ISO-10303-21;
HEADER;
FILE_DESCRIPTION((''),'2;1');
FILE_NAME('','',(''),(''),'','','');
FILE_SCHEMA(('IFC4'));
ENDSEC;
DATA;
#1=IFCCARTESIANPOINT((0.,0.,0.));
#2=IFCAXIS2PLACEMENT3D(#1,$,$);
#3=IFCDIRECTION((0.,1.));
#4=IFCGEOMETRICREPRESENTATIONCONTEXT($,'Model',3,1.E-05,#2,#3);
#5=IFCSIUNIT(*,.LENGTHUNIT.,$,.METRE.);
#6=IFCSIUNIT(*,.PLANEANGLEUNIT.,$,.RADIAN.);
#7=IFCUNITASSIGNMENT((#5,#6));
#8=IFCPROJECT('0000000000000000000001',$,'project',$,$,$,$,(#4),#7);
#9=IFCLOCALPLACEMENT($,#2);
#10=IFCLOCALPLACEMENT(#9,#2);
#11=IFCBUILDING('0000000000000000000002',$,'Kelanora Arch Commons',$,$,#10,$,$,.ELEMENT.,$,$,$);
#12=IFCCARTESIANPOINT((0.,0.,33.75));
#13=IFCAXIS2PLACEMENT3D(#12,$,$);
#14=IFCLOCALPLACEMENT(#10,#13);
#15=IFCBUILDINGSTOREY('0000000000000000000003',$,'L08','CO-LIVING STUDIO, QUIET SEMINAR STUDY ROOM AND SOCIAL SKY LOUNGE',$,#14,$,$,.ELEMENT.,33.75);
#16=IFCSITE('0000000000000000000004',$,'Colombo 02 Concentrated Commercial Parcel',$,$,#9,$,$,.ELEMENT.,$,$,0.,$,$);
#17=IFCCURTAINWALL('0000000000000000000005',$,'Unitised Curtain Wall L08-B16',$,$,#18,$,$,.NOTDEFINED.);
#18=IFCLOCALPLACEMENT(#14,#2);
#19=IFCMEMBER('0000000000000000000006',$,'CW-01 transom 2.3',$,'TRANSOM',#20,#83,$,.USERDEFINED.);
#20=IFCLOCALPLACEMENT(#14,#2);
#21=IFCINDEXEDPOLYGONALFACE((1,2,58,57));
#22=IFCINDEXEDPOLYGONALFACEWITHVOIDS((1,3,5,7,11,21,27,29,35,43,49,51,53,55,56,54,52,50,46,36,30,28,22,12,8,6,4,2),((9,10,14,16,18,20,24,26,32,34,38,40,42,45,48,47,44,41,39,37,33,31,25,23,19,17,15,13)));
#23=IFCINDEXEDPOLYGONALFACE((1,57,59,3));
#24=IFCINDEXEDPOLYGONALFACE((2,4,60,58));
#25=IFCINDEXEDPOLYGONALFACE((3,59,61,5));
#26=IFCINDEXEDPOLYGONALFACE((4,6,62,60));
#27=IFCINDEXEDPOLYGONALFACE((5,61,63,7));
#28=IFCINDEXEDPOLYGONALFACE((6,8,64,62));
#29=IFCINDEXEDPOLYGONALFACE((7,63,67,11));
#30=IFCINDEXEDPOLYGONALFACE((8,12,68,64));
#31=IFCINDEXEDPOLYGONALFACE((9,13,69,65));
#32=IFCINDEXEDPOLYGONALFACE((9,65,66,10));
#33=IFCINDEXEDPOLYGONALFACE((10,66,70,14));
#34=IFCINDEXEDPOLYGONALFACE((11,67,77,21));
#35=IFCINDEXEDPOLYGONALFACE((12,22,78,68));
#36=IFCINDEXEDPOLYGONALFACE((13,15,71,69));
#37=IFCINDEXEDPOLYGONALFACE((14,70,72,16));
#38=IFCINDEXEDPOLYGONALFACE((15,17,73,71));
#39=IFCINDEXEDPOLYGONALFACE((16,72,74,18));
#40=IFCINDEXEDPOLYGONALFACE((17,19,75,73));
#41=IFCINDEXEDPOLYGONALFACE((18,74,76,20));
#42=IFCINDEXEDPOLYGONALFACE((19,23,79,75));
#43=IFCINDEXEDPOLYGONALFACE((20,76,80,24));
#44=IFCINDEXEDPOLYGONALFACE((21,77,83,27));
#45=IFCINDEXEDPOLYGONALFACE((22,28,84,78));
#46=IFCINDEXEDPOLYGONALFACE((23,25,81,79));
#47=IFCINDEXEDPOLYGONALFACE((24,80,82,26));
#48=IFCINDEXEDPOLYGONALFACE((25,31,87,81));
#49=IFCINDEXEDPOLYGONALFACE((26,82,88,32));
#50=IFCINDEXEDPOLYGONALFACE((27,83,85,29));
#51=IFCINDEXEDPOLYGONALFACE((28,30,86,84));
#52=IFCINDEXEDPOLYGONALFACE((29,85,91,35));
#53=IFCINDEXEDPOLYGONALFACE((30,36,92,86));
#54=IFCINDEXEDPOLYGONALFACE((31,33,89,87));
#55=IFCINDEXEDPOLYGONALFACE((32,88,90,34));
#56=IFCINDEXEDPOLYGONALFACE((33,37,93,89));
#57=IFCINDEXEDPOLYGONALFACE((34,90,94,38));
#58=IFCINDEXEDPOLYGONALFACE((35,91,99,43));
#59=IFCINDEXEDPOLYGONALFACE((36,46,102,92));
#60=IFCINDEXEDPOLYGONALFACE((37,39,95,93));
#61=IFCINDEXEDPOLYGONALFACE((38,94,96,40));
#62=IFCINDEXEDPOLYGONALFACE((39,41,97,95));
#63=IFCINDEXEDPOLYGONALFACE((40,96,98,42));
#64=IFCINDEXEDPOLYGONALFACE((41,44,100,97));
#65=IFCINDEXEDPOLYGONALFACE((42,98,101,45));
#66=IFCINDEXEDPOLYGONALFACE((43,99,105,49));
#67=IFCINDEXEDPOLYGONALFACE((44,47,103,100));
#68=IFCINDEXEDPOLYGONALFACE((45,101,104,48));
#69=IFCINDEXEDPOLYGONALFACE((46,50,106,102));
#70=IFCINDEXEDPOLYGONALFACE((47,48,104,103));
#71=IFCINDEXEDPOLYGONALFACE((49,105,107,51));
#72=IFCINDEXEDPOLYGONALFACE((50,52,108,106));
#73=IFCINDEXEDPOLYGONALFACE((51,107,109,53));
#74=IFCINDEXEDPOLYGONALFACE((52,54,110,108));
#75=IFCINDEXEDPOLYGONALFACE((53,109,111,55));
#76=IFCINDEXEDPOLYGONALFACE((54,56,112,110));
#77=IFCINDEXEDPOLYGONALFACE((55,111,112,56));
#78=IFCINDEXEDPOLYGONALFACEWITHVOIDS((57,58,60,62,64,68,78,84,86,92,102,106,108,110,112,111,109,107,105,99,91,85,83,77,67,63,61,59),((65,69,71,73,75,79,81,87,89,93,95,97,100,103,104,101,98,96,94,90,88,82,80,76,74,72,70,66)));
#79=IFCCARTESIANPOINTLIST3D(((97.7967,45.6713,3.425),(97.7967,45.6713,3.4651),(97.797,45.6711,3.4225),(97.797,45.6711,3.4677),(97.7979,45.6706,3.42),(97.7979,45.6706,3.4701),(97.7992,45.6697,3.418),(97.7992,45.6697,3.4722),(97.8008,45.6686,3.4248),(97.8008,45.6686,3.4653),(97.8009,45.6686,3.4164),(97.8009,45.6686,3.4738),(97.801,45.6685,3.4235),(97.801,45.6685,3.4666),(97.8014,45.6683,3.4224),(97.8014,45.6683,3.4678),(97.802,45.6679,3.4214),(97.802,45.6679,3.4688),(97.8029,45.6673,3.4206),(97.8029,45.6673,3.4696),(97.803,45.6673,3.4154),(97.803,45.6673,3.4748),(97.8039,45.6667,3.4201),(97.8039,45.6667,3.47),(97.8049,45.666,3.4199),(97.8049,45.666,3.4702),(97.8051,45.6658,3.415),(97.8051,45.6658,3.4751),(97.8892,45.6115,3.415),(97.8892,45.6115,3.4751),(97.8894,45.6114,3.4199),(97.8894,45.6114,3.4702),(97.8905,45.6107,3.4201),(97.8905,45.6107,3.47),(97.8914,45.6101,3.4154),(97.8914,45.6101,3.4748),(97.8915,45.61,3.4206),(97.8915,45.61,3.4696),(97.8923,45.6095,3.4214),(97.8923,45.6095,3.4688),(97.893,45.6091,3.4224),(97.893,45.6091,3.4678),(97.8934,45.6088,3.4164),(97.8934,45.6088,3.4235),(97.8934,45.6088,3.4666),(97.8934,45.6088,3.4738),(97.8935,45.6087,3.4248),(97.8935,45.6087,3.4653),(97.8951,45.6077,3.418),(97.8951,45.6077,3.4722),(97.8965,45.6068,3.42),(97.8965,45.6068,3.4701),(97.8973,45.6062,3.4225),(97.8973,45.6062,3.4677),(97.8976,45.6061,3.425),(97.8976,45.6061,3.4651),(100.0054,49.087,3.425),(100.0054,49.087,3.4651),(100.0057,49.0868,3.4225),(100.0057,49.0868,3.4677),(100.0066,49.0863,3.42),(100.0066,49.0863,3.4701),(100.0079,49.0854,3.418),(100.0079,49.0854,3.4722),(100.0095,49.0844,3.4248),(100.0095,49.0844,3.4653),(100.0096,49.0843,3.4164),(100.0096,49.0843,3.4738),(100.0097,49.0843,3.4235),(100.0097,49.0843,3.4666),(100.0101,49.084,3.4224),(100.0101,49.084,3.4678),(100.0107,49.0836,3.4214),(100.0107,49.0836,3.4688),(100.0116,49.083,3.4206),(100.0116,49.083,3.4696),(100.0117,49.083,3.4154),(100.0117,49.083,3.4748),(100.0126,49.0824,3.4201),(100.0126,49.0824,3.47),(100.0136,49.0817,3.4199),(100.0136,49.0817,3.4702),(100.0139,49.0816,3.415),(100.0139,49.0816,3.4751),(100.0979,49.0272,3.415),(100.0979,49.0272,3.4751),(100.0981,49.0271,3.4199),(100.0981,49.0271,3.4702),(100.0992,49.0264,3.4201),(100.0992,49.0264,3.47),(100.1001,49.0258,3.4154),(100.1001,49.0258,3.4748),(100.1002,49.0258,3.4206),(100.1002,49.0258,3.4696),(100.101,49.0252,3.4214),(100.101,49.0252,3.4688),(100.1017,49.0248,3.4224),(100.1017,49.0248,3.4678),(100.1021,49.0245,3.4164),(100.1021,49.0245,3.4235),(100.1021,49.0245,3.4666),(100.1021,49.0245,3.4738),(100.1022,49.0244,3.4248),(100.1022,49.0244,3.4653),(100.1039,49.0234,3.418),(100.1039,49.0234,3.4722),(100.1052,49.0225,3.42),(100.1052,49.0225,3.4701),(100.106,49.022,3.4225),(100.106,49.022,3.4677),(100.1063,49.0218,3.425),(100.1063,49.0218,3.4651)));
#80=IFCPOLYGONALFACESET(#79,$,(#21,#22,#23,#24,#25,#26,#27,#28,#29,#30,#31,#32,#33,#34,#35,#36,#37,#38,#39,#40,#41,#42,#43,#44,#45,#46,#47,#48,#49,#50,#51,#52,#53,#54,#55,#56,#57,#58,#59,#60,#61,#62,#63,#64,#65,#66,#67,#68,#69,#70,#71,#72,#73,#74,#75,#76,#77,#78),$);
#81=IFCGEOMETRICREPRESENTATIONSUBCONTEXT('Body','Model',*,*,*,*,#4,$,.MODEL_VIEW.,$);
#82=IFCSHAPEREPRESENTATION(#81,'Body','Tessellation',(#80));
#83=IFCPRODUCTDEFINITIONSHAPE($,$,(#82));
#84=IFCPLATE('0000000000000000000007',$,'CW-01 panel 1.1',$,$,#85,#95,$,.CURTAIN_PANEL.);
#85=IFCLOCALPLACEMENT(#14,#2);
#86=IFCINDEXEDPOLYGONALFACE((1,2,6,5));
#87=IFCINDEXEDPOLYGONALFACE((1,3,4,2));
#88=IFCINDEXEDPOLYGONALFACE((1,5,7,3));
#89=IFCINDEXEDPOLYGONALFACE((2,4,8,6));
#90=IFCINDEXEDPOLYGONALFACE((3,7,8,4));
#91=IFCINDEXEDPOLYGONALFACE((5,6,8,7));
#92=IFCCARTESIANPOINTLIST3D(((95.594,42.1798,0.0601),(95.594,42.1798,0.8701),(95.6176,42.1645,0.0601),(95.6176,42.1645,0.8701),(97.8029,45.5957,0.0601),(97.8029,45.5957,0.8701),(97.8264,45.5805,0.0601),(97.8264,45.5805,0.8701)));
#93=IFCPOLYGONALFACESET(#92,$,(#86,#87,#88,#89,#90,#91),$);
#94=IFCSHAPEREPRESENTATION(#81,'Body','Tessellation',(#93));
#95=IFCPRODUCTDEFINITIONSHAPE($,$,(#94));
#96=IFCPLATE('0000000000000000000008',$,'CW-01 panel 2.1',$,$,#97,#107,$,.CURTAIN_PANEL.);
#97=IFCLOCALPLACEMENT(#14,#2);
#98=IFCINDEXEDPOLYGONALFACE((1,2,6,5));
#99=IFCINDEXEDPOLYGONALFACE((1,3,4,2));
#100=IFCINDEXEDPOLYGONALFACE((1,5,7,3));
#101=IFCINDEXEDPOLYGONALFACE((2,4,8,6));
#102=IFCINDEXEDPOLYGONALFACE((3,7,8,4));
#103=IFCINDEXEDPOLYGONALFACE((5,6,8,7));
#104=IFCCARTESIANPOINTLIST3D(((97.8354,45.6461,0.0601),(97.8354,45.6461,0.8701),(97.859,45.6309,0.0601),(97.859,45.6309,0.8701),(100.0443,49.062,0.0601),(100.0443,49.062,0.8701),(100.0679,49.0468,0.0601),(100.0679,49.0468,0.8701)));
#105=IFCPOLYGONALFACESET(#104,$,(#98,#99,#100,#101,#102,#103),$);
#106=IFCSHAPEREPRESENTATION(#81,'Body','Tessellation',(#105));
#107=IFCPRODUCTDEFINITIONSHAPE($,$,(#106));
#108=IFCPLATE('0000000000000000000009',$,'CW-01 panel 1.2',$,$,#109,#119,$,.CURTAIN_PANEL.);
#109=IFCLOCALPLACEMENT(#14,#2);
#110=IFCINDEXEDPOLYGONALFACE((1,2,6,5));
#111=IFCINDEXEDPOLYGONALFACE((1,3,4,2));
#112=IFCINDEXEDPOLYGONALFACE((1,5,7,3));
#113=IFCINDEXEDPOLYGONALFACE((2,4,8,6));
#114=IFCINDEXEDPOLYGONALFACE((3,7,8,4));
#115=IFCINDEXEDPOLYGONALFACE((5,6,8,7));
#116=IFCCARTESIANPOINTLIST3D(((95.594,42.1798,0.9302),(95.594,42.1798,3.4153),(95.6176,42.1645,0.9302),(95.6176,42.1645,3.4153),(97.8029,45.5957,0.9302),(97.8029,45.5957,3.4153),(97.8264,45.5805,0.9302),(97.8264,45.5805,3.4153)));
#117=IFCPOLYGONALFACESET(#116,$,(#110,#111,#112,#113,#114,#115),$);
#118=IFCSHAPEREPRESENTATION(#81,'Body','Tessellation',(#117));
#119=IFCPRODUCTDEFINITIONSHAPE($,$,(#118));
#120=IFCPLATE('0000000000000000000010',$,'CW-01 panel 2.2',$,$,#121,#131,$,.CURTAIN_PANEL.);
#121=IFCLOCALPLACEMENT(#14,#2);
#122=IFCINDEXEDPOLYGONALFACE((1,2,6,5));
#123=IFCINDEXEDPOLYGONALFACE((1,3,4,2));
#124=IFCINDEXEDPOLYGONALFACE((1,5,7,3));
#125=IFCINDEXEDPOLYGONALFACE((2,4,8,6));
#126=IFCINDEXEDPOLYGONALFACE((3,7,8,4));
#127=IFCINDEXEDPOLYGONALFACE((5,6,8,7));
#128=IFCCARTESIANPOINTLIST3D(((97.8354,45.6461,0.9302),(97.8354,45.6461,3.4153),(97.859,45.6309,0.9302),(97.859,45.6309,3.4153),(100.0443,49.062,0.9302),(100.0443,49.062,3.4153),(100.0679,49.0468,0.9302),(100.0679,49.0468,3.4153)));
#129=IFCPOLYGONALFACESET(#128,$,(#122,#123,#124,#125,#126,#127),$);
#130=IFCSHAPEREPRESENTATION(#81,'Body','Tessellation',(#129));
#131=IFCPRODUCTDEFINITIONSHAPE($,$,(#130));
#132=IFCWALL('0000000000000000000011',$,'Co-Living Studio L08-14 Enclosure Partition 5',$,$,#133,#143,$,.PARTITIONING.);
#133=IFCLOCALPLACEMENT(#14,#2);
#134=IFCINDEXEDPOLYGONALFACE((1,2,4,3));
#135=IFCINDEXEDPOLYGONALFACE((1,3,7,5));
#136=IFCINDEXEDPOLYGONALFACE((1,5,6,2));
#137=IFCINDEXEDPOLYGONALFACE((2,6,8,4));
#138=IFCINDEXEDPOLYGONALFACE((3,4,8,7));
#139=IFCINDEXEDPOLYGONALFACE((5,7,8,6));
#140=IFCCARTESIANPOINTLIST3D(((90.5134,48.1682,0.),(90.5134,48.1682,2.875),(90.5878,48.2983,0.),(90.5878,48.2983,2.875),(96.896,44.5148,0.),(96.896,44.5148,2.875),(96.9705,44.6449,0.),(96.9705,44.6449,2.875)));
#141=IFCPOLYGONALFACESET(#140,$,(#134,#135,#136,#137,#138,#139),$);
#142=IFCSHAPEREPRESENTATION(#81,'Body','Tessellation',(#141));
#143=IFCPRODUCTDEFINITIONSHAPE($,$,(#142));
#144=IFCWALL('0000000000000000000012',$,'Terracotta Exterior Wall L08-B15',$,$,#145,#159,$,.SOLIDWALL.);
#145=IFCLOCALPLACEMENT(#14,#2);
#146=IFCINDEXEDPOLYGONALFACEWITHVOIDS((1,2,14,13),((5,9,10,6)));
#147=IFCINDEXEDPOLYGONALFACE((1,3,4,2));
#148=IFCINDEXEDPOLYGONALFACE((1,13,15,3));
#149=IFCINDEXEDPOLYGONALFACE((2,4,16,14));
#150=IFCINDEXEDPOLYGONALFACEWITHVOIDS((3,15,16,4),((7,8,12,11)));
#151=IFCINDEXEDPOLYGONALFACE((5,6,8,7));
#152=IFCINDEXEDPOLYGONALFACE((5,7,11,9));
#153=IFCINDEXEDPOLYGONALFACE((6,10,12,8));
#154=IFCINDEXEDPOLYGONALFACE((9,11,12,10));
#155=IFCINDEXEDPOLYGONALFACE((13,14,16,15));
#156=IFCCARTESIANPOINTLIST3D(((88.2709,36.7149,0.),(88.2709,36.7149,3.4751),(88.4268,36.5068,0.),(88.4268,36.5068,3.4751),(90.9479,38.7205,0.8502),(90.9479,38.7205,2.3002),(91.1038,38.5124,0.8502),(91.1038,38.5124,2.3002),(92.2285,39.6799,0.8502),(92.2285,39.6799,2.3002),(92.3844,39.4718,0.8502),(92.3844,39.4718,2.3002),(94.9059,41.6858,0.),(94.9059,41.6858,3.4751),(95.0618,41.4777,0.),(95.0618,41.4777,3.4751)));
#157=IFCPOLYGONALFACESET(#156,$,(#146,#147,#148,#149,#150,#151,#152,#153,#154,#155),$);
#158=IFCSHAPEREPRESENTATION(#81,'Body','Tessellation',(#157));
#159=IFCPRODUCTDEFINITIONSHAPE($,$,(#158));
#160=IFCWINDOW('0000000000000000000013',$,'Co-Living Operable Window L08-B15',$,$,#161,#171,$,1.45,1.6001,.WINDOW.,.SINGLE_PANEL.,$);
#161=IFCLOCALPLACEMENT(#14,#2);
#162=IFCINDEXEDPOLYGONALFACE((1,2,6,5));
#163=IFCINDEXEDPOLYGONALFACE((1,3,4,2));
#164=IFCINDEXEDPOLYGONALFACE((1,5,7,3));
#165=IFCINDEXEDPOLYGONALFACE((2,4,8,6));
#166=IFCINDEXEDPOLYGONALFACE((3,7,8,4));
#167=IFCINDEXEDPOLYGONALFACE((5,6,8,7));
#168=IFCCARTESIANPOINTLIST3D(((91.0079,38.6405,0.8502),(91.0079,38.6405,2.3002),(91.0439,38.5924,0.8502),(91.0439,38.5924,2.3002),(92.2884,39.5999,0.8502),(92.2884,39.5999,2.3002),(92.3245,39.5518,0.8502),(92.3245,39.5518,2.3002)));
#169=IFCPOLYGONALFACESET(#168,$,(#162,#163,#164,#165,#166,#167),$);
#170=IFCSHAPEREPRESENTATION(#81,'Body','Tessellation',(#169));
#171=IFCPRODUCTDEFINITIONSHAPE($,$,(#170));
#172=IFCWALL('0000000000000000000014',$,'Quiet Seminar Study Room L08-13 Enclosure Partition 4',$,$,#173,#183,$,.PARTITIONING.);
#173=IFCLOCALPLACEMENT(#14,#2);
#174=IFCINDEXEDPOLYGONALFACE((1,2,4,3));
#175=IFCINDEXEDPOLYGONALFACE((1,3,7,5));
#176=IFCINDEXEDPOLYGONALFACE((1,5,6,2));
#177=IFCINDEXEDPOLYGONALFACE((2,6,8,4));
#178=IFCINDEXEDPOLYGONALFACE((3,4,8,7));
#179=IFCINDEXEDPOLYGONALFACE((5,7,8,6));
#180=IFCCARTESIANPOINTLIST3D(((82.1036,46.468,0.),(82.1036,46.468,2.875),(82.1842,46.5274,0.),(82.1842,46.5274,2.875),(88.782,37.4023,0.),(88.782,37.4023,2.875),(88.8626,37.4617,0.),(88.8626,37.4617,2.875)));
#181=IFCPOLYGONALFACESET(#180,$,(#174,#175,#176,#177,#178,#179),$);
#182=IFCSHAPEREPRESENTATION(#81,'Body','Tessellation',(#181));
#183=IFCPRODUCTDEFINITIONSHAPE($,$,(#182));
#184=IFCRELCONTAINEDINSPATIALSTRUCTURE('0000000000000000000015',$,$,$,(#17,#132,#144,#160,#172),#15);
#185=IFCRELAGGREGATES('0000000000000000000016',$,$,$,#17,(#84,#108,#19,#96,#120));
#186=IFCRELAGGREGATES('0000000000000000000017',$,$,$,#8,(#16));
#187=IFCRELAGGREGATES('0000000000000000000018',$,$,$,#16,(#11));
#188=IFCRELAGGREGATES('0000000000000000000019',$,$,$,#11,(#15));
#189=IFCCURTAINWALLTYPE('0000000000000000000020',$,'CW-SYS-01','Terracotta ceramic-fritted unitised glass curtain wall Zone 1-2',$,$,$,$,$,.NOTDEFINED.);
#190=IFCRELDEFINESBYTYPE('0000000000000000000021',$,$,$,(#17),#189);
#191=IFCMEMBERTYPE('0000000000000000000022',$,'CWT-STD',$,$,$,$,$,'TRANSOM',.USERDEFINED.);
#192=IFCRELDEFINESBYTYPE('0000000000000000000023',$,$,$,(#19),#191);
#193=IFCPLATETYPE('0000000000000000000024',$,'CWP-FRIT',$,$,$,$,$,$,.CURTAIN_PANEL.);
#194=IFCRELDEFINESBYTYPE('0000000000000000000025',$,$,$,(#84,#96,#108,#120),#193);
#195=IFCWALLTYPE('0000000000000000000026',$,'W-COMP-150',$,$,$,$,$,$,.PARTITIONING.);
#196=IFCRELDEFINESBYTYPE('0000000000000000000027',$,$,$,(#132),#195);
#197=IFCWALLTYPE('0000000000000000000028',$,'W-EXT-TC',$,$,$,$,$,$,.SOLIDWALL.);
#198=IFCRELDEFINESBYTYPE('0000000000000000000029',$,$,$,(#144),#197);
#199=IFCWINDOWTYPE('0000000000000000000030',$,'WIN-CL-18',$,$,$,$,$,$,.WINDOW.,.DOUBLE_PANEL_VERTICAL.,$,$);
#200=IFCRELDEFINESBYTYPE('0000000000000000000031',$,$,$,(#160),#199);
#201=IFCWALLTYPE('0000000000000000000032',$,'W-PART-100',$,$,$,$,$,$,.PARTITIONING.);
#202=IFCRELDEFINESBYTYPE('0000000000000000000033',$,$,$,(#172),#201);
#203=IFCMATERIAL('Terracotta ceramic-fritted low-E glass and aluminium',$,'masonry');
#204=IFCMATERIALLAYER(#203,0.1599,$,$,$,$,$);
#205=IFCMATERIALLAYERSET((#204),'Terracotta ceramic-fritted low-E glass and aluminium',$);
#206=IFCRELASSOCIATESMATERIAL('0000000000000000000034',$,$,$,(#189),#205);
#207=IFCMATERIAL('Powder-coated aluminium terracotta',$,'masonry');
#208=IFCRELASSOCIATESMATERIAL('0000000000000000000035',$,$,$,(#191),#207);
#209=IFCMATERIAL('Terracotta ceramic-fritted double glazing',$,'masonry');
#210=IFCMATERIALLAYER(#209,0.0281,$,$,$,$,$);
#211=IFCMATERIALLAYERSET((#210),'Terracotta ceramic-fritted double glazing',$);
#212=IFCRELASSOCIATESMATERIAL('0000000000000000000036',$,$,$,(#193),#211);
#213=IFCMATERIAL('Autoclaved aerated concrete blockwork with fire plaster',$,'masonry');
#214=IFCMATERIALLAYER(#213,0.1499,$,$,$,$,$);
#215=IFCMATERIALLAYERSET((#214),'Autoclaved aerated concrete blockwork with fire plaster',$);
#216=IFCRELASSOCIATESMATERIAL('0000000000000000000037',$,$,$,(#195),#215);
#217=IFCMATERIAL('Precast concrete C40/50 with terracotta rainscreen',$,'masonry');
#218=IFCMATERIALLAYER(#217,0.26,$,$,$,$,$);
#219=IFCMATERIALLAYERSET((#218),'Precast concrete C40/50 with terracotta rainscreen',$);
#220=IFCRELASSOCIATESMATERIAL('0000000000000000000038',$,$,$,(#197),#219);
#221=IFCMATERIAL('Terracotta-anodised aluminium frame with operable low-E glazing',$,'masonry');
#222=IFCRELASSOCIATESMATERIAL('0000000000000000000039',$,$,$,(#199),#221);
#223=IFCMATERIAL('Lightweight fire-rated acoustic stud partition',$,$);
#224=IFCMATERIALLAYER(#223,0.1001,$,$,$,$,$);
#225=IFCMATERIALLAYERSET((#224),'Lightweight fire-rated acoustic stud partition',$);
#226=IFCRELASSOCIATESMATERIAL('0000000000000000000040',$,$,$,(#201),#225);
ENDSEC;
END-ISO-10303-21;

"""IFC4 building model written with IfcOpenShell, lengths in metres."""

from ifc_helpers import new_model, si_unit, direction, frame, frame_2d, origin, origin_2d, place, context, subcontext, project, spatial, rectangle, hollow_rectangle, extrude, source, transform, mapped, material, layer, layer_set, material_profile, profile_set, type_object, element, fill, aggregate, save


model = new_model("IFC4")

# Units and contexts
model_context = context("Model", 3, precision=1e-05, world=origin(), true_north=direction((0.0, 1.0)))
body_context = subcontext(model_context, "Body", "Model", "MODEL_VIEW")
ifc_project = project(units=[si_unit("LENGTHUNIT", "METRE"), si_unit("PLANEANGLEUNIT", "RADIAN")], contexts=[model_context])

# Site, building, storey
site_placement = place(None, origin())
site = spatial("IfcSite", under=ifc_project, at=site_placement, Name="Colombo 02 Concentrated Commercial Parcel", CompositionType="ELEMENT", RefElevation=0.0)
building_placement = place(site_placement, origin())
building = spatial("IfcBuilding", under=site, at=building_placement, Name="Kelanora Arch Commons", CompositionType="ELEMENT")
storey_placement = place(building_placement, frame((0.0, 0.0, 33.75)))
storey = spatial("IfcBuildingStorey", under=building, at=storey_placement, Name="L08", Description="CO-LIVING STUDIO, QUIET SEMINAR STUDY ROOM AND SOCIAL SKY LOUNGE", CompositionType="ELEMENT", Elevation=33.75)

# Shared definitions
ifc_material_1 = material(Name="Terracotta ceramic-fritted low-E glass and aluminium", Category="masonry")
ifc_layer_1 = layer(ifc_material_1, 0.1599)
ifc_layer_set_1 = layer_set([ifc_layer_1], Name="Terracotta ceramic-fritted low-E glass and aluminium")
curtain_wall_type = type_object("IfcCurtainWallType", Name="CW-SYS-01", Description="Terracotta ceramic-fritted unitised glass curtain wall Zone 1-2", PredefinedType="NOTDEFINED", material=ifc_layer_set_1)
ifc_material_2 = material(Name="Powder-coated aluminium terracotta", Category="masonry")

# Curtain wall, member, plates
curtain_wall_1_placement = place(storey_placement, origin())
curtain_wall_1 = element("IfcCurtainWall", 1, at=curtain_wall_1_placement, inside=storey, type_object=curtain_wall_type, Name="Unitised Curtain Wall L08-B16", PredefinedType="NOTDEFINED")
ifc_material_profile_1 = material_profile(ifc_material_2, hollow_rectangle(XDim=0.1201, YDim=0.0601, WallThickness=0.0049, InnerFilletRadius=0.0049, OuterFilletRadius=0.01, at=origin_2d()), Name="CWT120x60")
ifc_profile_set_1 = profile_set([ifc_material_profile_1], Name="Powder-coated aluminium terracotta")
member_type_1 = type_object("IfcMemberType", Name="CWT-STD", ElementType="TRANSOM", PredefinedType="USERDEFINED", material=ifc_profile_set_1)
member_1_placement = place(storey_placement, frame((97.8472, 45.6387, 3.4451), z_axis=(0.542997, 0.839734, 0.0), x_axis=(-0.839734, 0.542997, 0.0)))
member_1 = element("IfcMember", 2, at=member_1_placement, type_object=member_type_1, Name="CW-01 transom 2.3", ObjectType="TRANSOM", PredefinedType="USERDEFINED", context=body_context, shape_type="SweptSolid", body=[
    extrude(hollow_rectangle(XDim=0.1201, YDim=0.0601, WallThickness=0.0049, InnerFilletRadius=0.0049, OuterFilletRadius=0.01, at=origin_2d()), origin(), (0.0, 0.0, 1.0), 4.0676),
])
ifc_material_3 = material(Name="Terracotta ceramic-fritted double glazing", Category="masonry")
ifc_layer_2 = layer(ifc_material_3, 0.0281)
ifc_layer_set_2 = layer_set([ifc_layer_2], Name="Terracotta ceramic-fritted double glazing")
plate_type = type_object("IfcPlateType", Name="CWP-FRIT", PredefinedType="CURTAIN_PANEL", material=ifc_layer_set_2)
shared_shape_1 = source(origin(), body_context, "Body", "SweptSolid", [
    extrude(rectangle(XDim=4.0679, YDim=0.0281, at=origin_2d()), origin(), (0.0, 0.0, 1.0), 0.8101),
])
plate_1_placement = place(storey_placement, frame((96.7102, 43.8801, 0.0601), z_axis=(0.0, 0.0, 1.0), x_axis=(0.543004, 0.83973, 0.0)))
plate_1 = element("IfcPlate", 3, at=plate_1_placement, type_object=plate_type, Name="CW-01 panel 1.1", PredefinedType="CURTAIN_PANEL", context=body_context, shape_type="MappedRepresentation", body=[
    mapped(shared_shape_1, transform((0.0, 0.0, 0.0), scale=1.0)),
])
plate_2_placement = place(storey_placement, frame((98.9517, 47.3464, 0.0601), z_axis=(0.0, 0.0, 1.0), x_axis=(0.543004, 0.83973, 0.0)))
plate_2 = element("IfcPlate", 4, at=plate_2_placement, type_object=plate_type, Name="CW-01 panel 2.1", PredefinedType="CURTAIN_PANEL", context=body_context, shape_type="MappedRepresentation", body=[
    mapped(shared_shape_1, transform((0.0, 0.0, 0.0), scale=1.0)),
])
shared_shape_2 = source(origin(), body_context, "Body", "SweptSolid", [
    extrude(rectangle(XDim=4.0679, YDim=0.0281, at=origin_2d()), origin(), (0.0, 0.0, 1.0), 2.4851),
])
plate_3_placement = place(storey_placement, frame((96.7102, 43.8801, 0.9302), z_axis=(0.0, 0.0, 1.0), x_axis=(0.543004, 0.83973, 0.0)))
plate_3 = element("IfcPlate", 5, at=plate_3_placement, type_object=plate_type, Name="CW-01 panel 1.2", PredefinedType="CURTAIN_PANEL", context=body_context, shape_type="MappedRepresentation", body=[
    mapped(shared_shape_2, transform((0.0, 0.0, 0.0), scale=1.0)),
])
plate_4_placement = place(storey_placement, frame((98.9517, 47.3464, 0.9302), z_axis=(0.0, 0.0, 1.0), x_axis=(0.543004, 0.83973, 0.0)))
plate_4 = element("IfcPlate", 6, at=plate_4_placement, type_object=plate_type, Name="CW-01 panel 2.2", PredefinedType="CURTAIN_PANEL", context=body_context, shape_type="MappedRepresentation", body=[
    mapped(shared_shape_2, transform((0.0, 0.0, 0.0), scale=1.0)),
])
aggregate(curtain_wall_1, [plate_1, plate_3, member_1, plate_2, plate_4])

# Wall
ifc_material_4 = material(Name="Autoclaved aerated concrete blockwork with fire plaster", Category="masonry")
ifc_layer_3 = layer(ifc_material_4, 0.1499)
ifc_layer_set_3 = layer_set([ifc_layer_3], Name="Autoclaved aerated concrete blockwork with fire plaster")
wall_type_1 = type_object("IfcWallType", Name="W-COMP-150", PredefinedType="PARTITIONING", material=ifc_layer_set_3)
wall_1_placement = place(storey_placement, frame((96.9333, 44.5798, 0.0), z_axis=(0.0, 0.0, 1.0), x_axis=(-0.867883, 0.496768, 0.0)))
element("IfcWall", 7, at=wall_1_placement, inside=storey, type_object=wall_type_1, Name="Co-Living Studio L08-14 Enclosure Partition 5", PredefinedType="PARTITIONING", context=body_context, shape_type="SweptSolid", body=[
    extrude(rectangle(XDim=7.3542, YDim=0.1499, at=frame_2d((3.6772, 0.0))), origin(), (0.0, 0.0, 1.0), 2.875),
])

# Wall, opening, window
ifc_material_5 = material(Name="Precast concrete C40/50 with terracotta rainscreen", Category="masonry")
ifc_layer_4 = layer(ifc_material_5, 0.26)
ifc_layer_set_4 = layer_set([ifc_layer_4], Name="Precast concrete C40/50 with terracotta rainscreen")
wall_type_2 = type_object("IfcWallType", Name="W-EXT-TC", PredefinedType="SOLIDWALL", material=ifc_layer_set_4)
wall_2_placement = place(storey_placement, frame((88.3489, 36.6108, 0.0), z_axis=(0.0, 0.0, 1.0), x_axis=(0.800307, 0.59959, 0.0)))
wall_2 = element("IfcWall", 8, at=wall_2_placement, inside=storey, type_object=wall_type_2, Name="Terracotta Exterior Wall L08-B15", PredefinedType="SOLIDWALL", context=body_context, shape_type="SweptSolid", body=[
    extrude(rectangle(XDim=8.2905, YDim=0.26, at=frame_2d((4.1453, 0.0))), origin(), (0.0, 0.0, 1.0), 3.4751),
])
opening_placement = place(wall_2_placement, frame((3.345, 0.0, 0.8501)))
opening = element("IfcOpeningElement", 9, at=opening_placement, cuts=wall_2, PredefinedType="OPENING", context=body_context, shape_type="SweptSolid", body=[
    extrude(rectangle(XDim=1.6001, YDim=1.45, at=frame_2d((0.8, 0.7251))), frame((0.0, 0.1401, 0.0), z_axis=(0.0, -1.0, 0.0), x_axis=(1.0, 0.0, 0.0)), (0.0, 0.0, 1.0), 0.28),
])
ifc_material_6 = material(Name="Terracotta-anodised aluminium frame with operable low-E glazing", Category="masonry")
window_type = type_object("IfcWindowType", Name="WIN-CL-18", PartitioningType="DOUBLE_PANEL_VERTICAL", PredefinedType="WINDOW", material=ifc_material_6)
window_placement = place(opening_placement, origin())
window = element("IfcWindow", 10, at=window_placement, inside=storey, type_object=window_type, Name="Co-Living Operable Window L08-B15", OverallHeight=1.45, OverallWidth=1.6001, PartitioningType="SINGLE_PANEL", PredefinedType="WINDOW", context=body_context, shape_type="SweptSolid", body=[
    extrude(rectangle(XDim=1.6001, YDim=1.45, at=frame_2d((0.8, 0.7251))), frame((0.0, 0.03, 0.0), z_axis=(0.0, -1.0, 0.0), x_axis=(1.0, 0.0, 0.0)), (0.0, 0.0, 1.0), 0.0601),
])
fill(opening, window)

# Wall
ifc_material_7 = material(Name="Lightweight fire-rated acoustic stud partition")
ifc_layer_5 = layer(ifc_material_7, 0.1001)
ifc_layer_set_5 = layer_set([ifc_layer_5], Name="Lightweight fire-rated acoustic stud partition")
wall_type_3 = type_object("IfcWallType", Name="W-PART-100", PredefinedType="PARTITIONING", material=ifc_layer_set_5)
wall_3_placement = place(storey_placement, frame((88.8223, 37.4321, 0.0), z_axis=(0.0, 0.0, 1.0), x_axis=(-0.593113, 0.80512, 0.0)))
element("IfcWall", 11, at=wall_3_placement, inside=storey, type_object=wall_type_3, Name="Quiet Seminar Study Room L08-13 Enclosure Partition 4", PredefinedType="PARTITIONING", context=body_context, shape_type="SweptSolid", body=[
    extrude(rectangle(XDim=11.26, YDim=0.1001, at=frame_2d((5.6299, 0.0))), origin(), (0.0, 0.0, 1.0), 2.875),
])

save(model, "model.ifc")
